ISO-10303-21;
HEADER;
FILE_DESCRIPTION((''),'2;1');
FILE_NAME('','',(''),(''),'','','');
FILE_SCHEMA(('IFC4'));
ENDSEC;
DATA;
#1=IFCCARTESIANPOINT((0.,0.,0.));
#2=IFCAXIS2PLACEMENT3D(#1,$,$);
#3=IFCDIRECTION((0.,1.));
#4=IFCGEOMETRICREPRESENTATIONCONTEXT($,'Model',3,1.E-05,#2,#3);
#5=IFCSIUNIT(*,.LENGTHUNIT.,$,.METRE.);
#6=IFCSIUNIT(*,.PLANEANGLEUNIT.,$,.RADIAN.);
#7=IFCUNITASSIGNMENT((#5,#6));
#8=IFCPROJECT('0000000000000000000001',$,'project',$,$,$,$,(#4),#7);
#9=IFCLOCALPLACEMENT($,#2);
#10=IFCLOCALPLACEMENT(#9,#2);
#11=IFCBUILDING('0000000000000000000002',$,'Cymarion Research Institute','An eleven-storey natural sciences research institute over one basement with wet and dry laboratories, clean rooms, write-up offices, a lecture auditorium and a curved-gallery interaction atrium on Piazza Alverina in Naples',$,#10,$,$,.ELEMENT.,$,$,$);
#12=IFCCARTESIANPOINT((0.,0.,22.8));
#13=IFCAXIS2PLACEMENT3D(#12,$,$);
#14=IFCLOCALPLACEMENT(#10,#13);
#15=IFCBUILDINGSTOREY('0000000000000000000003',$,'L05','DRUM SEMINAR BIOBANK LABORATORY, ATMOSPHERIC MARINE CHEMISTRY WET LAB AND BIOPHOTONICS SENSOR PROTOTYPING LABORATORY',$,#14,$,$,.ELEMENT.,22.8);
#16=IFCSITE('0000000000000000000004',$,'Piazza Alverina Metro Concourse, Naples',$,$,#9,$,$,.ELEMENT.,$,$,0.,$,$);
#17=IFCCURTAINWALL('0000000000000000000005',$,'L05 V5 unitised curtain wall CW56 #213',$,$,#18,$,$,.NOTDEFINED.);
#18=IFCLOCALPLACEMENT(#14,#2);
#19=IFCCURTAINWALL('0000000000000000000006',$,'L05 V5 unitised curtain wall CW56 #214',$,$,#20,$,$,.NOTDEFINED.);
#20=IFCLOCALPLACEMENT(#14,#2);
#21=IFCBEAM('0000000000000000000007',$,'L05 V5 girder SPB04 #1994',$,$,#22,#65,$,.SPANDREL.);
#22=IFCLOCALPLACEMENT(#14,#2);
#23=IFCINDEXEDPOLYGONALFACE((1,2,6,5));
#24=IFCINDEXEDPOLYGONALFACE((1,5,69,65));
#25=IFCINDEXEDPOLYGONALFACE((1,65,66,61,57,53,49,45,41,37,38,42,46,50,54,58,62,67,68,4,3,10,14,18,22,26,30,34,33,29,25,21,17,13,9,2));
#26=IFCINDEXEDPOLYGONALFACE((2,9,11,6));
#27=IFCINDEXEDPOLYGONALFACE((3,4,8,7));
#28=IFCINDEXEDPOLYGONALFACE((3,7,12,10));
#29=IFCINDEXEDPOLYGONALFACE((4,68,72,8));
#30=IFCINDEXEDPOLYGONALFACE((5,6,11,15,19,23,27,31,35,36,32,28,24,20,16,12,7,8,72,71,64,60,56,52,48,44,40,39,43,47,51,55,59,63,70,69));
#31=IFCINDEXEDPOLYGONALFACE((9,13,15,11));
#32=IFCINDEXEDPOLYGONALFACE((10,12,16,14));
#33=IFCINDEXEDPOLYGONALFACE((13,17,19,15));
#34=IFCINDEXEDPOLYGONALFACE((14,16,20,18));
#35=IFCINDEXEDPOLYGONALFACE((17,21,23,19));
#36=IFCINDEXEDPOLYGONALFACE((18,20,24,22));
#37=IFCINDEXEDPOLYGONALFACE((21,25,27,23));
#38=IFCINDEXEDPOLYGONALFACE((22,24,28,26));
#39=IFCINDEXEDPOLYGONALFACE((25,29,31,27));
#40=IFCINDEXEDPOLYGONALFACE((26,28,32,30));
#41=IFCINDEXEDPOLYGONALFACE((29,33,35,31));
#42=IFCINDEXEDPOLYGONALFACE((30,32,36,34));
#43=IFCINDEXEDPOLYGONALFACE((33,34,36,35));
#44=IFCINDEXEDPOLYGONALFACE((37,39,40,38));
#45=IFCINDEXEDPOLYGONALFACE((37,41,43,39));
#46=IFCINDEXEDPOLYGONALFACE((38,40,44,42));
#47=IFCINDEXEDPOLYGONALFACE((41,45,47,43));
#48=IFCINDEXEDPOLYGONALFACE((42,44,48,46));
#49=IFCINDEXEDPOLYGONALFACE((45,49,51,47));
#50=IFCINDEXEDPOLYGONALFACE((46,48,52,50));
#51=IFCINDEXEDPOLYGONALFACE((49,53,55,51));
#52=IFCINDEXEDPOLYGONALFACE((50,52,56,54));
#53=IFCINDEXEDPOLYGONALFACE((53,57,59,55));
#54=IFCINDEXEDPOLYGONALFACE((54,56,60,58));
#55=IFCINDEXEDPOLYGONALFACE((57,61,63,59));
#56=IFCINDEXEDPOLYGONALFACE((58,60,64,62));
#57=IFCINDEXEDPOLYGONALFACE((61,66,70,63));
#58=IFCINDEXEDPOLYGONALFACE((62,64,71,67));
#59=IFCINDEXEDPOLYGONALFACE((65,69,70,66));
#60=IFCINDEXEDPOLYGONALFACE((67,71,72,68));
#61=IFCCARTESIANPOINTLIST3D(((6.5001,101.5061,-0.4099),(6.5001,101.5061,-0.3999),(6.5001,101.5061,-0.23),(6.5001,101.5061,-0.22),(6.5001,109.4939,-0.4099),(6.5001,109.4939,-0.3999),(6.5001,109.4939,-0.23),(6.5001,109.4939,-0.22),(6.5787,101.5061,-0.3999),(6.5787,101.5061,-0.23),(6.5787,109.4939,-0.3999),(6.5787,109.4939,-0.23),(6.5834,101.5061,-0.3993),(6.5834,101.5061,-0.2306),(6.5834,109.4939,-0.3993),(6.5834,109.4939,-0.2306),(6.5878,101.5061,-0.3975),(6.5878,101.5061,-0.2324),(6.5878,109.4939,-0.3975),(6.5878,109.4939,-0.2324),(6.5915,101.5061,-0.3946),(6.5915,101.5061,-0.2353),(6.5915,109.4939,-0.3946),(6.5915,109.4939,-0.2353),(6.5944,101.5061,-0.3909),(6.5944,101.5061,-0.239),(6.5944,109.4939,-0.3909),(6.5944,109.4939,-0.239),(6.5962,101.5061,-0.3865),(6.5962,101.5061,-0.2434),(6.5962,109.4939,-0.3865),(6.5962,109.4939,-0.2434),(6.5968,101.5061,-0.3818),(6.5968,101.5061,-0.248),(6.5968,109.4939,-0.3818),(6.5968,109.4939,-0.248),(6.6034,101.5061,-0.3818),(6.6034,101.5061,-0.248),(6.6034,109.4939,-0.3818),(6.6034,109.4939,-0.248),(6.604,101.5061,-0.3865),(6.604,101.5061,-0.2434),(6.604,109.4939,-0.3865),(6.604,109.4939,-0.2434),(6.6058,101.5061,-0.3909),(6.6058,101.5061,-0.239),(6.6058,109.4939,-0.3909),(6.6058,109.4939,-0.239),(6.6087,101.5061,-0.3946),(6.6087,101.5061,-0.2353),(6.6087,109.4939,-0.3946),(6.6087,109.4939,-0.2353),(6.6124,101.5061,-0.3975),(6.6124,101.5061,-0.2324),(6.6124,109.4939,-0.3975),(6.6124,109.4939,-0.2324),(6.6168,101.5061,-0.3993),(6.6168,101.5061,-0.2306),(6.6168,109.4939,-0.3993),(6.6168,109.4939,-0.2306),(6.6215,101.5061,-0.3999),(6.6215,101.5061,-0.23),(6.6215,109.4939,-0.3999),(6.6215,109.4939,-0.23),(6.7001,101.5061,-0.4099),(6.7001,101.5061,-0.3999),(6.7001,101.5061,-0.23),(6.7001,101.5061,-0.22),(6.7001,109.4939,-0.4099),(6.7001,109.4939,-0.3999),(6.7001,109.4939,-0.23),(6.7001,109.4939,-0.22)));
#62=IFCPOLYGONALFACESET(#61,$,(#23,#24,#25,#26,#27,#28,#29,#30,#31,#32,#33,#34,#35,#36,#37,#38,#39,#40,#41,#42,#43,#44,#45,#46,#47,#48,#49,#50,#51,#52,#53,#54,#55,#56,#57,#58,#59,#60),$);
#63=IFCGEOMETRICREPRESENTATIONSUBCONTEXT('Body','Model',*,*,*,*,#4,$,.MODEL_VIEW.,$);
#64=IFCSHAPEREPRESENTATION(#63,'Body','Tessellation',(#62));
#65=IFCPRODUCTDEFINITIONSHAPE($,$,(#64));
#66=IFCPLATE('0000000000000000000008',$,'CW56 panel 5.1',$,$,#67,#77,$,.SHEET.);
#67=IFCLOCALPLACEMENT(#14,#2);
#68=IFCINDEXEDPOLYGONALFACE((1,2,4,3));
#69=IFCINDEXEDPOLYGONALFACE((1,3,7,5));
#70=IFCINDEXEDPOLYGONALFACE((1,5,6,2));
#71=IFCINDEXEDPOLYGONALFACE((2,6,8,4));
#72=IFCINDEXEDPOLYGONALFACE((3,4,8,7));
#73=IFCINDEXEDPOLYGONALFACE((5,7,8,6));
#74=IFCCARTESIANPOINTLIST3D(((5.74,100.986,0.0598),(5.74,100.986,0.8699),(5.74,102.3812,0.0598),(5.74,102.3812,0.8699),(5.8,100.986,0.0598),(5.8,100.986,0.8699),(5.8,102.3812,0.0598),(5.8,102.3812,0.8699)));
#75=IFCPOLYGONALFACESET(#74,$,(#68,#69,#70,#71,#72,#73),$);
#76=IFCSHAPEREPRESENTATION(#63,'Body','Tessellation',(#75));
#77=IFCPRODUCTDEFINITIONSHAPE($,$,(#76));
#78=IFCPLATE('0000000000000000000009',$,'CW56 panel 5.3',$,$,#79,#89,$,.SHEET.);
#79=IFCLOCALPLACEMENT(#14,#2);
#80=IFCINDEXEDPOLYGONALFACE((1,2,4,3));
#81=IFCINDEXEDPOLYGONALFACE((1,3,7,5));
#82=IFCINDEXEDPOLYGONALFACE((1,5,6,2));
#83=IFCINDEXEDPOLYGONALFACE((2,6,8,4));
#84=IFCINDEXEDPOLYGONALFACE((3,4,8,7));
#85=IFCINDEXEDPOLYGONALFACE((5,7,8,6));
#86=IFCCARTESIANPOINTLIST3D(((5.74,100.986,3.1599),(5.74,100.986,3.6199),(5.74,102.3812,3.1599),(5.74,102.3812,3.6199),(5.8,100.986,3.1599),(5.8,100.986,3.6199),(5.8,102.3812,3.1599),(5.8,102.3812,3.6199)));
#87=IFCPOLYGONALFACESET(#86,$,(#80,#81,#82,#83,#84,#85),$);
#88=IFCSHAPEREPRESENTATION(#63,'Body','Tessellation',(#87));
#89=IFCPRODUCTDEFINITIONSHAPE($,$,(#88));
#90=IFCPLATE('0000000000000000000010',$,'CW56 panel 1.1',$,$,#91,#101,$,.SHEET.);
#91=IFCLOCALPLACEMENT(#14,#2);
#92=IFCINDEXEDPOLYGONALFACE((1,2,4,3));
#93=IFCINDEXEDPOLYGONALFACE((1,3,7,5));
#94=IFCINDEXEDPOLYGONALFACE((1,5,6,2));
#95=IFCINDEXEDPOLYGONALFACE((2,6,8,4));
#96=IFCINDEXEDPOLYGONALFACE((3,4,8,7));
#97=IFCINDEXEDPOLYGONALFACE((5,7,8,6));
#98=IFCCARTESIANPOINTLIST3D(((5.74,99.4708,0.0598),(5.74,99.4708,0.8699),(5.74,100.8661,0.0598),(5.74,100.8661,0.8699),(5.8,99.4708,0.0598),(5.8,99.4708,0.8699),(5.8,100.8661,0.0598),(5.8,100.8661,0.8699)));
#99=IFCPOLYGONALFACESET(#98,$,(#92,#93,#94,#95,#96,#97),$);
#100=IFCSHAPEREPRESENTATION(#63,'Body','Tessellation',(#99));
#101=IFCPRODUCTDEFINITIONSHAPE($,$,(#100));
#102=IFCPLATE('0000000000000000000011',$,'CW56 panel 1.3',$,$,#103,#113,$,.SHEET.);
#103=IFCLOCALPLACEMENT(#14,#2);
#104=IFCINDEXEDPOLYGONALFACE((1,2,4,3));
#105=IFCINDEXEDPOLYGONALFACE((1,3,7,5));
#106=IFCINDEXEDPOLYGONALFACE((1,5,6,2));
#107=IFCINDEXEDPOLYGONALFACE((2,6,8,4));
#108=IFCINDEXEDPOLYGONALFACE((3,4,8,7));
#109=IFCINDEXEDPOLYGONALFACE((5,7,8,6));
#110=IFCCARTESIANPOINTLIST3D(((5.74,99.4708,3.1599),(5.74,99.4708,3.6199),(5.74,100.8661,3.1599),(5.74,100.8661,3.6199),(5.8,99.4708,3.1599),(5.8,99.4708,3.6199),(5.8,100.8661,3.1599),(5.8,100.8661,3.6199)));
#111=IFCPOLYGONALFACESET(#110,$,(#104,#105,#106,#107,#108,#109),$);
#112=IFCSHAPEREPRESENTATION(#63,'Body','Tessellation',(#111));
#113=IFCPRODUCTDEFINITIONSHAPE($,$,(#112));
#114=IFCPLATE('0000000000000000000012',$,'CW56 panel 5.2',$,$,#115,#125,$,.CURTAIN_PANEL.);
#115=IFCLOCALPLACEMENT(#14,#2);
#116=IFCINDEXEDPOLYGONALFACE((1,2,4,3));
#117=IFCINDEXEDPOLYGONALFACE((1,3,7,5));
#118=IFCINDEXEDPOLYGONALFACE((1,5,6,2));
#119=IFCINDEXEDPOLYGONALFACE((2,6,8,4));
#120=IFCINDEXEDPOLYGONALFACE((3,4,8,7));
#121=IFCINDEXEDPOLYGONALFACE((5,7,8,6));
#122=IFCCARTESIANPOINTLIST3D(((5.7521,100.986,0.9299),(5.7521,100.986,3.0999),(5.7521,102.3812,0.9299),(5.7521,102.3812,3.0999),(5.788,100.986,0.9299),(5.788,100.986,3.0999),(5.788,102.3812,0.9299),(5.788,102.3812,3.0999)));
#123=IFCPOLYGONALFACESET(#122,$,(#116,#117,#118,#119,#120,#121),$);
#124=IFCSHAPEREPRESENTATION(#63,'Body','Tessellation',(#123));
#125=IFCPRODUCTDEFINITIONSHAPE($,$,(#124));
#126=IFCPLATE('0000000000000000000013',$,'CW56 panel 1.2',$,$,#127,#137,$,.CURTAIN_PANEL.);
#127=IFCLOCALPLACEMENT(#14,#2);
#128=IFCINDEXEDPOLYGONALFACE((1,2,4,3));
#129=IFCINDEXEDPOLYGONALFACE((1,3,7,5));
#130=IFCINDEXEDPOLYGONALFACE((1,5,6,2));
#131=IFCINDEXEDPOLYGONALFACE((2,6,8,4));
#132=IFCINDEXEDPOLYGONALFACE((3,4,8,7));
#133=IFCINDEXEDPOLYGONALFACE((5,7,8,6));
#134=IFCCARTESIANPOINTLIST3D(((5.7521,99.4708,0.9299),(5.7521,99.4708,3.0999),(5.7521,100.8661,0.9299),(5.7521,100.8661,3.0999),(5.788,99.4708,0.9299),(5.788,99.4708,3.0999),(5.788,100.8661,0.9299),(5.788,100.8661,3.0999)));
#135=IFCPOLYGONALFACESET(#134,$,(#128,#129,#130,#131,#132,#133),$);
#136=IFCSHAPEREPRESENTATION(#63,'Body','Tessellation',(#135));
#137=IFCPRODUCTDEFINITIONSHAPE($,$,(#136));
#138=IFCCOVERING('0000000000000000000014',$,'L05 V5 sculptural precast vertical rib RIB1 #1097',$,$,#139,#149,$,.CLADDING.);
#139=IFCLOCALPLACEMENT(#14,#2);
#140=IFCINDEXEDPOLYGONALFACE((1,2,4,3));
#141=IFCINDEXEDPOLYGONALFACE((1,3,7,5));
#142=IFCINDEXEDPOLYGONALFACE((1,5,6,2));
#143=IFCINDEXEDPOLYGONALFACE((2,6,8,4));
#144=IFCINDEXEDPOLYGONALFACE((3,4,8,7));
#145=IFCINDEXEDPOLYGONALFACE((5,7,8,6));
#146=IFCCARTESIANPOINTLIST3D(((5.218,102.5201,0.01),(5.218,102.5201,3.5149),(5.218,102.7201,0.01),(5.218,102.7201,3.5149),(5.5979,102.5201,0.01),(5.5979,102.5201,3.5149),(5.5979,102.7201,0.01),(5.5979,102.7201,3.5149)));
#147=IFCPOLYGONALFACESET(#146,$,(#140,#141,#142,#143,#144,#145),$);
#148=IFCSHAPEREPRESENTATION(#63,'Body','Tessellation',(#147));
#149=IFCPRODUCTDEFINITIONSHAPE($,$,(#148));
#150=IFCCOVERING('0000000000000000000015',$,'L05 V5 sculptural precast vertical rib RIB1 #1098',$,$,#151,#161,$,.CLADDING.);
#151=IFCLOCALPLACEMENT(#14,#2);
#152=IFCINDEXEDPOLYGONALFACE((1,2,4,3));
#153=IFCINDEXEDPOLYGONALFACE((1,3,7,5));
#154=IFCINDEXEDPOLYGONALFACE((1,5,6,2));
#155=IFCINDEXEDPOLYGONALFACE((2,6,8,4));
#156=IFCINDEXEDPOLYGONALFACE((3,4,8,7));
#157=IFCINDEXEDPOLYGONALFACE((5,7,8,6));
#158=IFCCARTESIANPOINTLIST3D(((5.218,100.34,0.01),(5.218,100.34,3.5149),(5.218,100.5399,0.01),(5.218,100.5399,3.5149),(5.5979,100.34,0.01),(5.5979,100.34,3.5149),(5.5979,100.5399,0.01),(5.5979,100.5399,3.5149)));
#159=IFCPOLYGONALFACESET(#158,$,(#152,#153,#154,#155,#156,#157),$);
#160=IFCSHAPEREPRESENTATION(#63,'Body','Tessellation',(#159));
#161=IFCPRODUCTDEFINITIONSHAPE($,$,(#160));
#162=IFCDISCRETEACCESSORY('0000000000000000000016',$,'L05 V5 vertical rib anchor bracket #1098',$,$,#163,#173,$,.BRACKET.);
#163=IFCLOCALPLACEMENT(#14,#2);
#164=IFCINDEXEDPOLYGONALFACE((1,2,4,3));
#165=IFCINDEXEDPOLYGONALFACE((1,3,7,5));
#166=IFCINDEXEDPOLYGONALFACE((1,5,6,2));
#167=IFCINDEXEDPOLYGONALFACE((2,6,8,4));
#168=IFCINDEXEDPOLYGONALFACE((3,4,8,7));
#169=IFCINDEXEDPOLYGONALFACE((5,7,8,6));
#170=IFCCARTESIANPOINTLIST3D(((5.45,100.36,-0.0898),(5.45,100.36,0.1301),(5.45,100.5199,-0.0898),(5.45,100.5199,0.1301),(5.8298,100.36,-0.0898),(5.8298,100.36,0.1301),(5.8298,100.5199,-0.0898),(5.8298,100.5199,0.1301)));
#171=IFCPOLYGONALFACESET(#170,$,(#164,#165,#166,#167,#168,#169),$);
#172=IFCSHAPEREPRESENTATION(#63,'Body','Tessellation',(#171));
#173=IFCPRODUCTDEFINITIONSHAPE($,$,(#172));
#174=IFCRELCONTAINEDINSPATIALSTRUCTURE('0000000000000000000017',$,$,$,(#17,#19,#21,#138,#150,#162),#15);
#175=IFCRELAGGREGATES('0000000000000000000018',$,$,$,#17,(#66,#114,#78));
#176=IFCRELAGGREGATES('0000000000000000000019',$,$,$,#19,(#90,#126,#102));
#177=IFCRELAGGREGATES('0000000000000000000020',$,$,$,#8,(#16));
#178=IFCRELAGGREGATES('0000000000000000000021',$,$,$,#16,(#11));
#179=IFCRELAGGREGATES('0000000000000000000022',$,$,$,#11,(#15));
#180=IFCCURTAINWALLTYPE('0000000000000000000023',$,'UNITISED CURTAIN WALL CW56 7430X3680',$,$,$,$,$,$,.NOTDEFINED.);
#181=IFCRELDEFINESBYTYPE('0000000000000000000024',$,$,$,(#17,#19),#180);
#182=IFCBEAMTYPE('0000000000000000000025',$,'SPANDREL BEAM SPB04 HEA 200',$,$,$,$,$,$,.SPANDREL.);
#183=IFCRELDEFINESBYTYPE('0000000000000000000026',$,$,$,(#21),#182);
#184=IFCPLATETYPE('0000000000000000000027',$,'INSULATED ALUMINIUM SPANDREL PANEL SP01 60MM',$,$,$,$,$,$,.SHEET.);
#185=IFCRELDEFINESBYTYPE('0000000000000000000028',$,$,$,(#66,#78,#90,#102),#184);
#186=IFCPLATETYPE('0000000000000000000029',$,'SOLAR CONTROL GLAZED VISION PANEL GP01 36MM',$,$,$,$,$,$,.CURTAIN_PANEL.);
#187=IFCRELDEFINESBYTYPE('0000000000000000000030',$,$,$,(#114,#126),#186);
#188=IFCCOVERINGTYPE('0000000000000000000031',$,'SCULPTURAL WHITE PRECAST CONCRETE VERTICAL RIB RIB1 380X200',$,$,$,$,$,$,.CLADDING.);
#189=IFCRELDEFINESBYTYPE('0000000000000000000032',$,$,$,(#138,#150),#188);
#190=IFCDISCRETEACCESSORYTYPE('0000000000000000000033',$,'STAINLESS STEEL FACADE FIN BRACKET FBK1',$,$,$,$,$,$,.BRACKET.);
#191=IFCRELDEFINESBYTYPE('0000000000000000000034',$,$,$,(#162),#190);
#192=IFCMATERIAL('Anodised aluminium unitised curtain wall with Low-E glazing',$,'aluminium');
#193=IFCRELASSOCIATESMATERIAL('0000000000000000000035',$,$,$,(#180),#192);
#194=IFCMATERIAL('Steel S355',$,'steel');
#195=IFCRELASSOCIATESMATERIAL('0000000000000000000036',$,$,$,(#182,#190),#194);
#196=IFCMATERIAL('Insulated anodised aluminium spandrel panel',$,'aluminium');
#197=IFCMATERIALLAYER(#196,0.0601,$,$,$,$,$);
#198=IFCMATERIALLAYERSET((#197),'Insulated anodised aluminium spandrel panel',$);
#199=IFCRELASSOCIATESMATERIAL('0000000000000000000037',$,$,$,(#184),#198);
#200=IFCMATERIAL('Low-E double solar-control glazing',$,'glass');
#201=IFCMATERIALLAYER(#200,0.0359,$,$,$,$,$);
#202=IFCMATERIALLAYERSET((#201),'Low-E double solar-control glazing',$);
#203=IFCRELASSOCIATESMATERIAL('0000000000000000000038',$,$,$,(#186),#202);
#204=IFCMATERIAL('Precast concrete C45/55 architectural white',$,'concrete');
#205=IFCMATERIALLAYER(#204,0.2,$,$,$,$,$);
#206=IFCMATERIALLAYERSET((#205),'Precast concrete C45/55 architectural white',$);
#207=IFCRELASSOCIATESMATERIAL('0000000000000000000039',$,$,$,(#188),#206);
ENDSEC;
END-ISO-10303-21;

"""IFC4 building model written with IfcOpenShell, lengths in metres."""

from ifc_helpers import new_model, si_unit, direction, frame, origin, origin_2d, place, context, subcontext, project, spatial, rectangle, i_section, extrude, material, layer, layer_set, material_profile, profile_set, type_object, element, aggregate, save


model = new_model("IFC4")

# Units and contexts
model_context = context("Model", 3, precision=1e-05, world=origin(), true_north=direction((0.0, 1.0)))
body_context = subcontext(model_context, "Body", "Model", "MODEL_VIEW")
ifc_project = project(units=[si_unit("LENGTHUNIT", "METRE"), si_unit("PLANEANGLEUNIT", "RADIAN")], contexts=[model_context])

# Site, building, storey
site_placement = place(None, origin())
site = spatial("IfcSite", under=ifc_project, at=site_placement, Name="Piazza Alverina Metro Concourse, Naples", CompositionType="ELEMENT", RefElevation=0.0)
building_placement = place(site_placement, origin())
building = spatial("IfcBuilding", under=site, at=building_placement, Name="Cymarion Research Institute", Description="An eleven-storey natural sciences research institute over one basement with wet and dry laboratories, clean rooms, write-up offices, a lecture auditorium and a curved-gallery interaction atrium on Piazza Alverina in Naples", CompositionType="ELEMENT")
storey_placement = place(building_placement, frame((0.0, 0.0, 22.8)))
storey = spatial("IfcBuildingStorey", under=building, at=storey_placement, Name="L05", Description="DRUM SEMINAR BIOBANK LABORATORY, ATMOSPHERIC MARINE CHEMISTRY WET LAB AND BIOPHOTONICS SENSOR PROTOTYPING LABORATORY", CompositionType="ELEMENT", Elevation=22.8)

# Shared definitions
ifc_material_1 = material(Name="Steel S355", Category="steel")

# Curtain wall
ifc_material_2 = material(Name="Anodised aluminium unitised curtain wall with Low-E glazing", Category="aluminium")
curtain_wall_type = type_object("IfcCurtainWallType", Name="UNITISED CURTAIN WALL CW56 7430X3680", PredefinedType="NOTDEFINED", material=ifc_material_2)
curtain_wall_1_placement = place(storey_placement, origin())
curtain_wall_1 = element("IfcCurtainWall", 1, at=curtain_wall_1_placement, inside=storey, type_object=curtain_wall_type, Name="L05 V5 unitised curtain wall CW56 #213", PredefinedType="NOTDEFINED")

# Curtain wall
curtain_wall_2_placement = place(storey_placement, origin())
curtain_wall_2 = element("IfcCurtainWall", 2, at=curtain_wall_2_placement, inside=storey, type_object=curtain_wall_type, Name="L05 V5 unitised curtain wall CW56 #214", PredefinedType="NOTDEFINED")

# Beam
ifc_material_profile_1 = material_profile(ifc_material_1, i_section(OverallWidth=0.2, OverallDepth=0.1899, WebThickness=0.0066, FlangeThickness=0.01, FilletRadius=0.0181, at=origin_2d()), Name="HEA 200")
ifc_profile_set_1 = profile_set([ifc_material_profile_1], Name="Steel S355")
beam_type = type_object("IfcBeamType", Name="SPANDREL BEAM SPB04 HEA 200", PredefinedType="SPANDREL", material=ifc_profile_set_1)
beam_placement = place(storey_placement, frame((6.6001, 101.5061, -0.3149), z_axis=(0.0, 1.0, 0.0), x_axis=(-1.0, 0.0, 0.0)))
element("IfcBeam", 3, at=beam_placement, inside=storey, type_object=beam_type, Name="L05 V5 girder SPB04 #1994", PredefinedType="SPANDREL", context=body_context, shape_type="SweptSolid", body=[
    extrude(i_section(OverallWidth=0.2, OverallDepth=0.1899, WebThickness=0.0066, FlangeThickness=0.01, FilletRadius=0.0181, at=origin_2d()), origin(), (0.0, 0.0, 1.0), 7.9878),
])

# Plates
ifc_material_3 = material(Name="Insulated anodised aluminium spandrel panel", Category="aluminium")
ifc_layer_1 = layer(ifc_material_3, 0.0601)
ifc_layer_set_1 = layer_set([ifc_layer_1], Name="Insulated anodised aluminium spandrel panel")
plate_type_1 = type_object("IfcPlateType", Name="INSULATED ALUMINIUM SPANDREL PANEL SP01 60MM", PredefinedType="SHEET", material=ifc_layer_set_1)
plate_1_placement = place(storey_placement, frame((5.77, 101.6836, 0.0598), z_axis=(0.0, 0.0, 1.0), x_axis=(0.0, -1.0, 0.0)))
plate_1 = element("IfcPlate", 4, at=plate_1_placement, type_object=plate_type_1, Name="CW56 panel 5.1", PredefinedType="SHEET", context=body_context, shape_type="SweptSolid", body=[
    extrude(rectangle(XDim=1.3953, YDim=0.0601, at=origin_2d()), origin(), (0.0, 0.0, 1.0), 0.8101),
])
plate_2_placement = place(storey_placement, frame((5.77, 101.6836, 3.1599), z_axis=(0.0, 0.0, 1.0), x_axis=(0.0, -1.0, 0.0)))
plate_2 = element("IfcPlate", 5, at=plate_2_placement, type_object=plate_type_1, Name="CW56 panel 5.3", PredefinedType="SHEET", context=body_context, shape_type="SweptSolid", body=[
    extrude(rectangle(XDim=1.3953, YDim=0.0601, at=origin_2d()), origin(), (0.0, 0.0, 1.0), 0.46),
])
plate_3_placement = place(storey_placement, frame((5.77, 100.1685, 0.0598), z_axis=(0.0, 0.0, 1.0), x_axis=(0.0, -1.0, 0.0)))
plate_3 = element("IfcPlate", 6, at=plate_3_placement, type_object=plate_type_1, Name="CW56 panel 1.1", PredefinedType="SHEET", context=body_context, shape_type="SweptSolid", body=[
    extrude(rectangle(XDim=1.3953, YDim=0.0601, at=origin_2d()), origin(), (0.0, 0.0, 1.0), 0.8101),
])
plate_4_placement = place(storey_placement, frame((5.77, 100.1685, 3.1599), z_axis=(0.0, 0.0, 1.0), x_axis=(0.0, -1.0, 0.0)))
plate_4 = element("IfcPlate", 7, at=plate_4_placement, type_object=plate_type_1, Name="CW56 panel 1.3", PredefinedType="SHEET", context=body_context, shape_type="SweptSolid", body=[
    extrude(rectangle(XDim=1.3953, YDim=0.0601, at=origin_2d()), origin(), (0.0, 0.0, 1.0), 0.46),
])
ifc_material_4 = material(Name="Low-E double solar-control glazing", Category="glass")
ifc_layer_2 = layer(ifc_material_4, 0.0359)
ifc_layer_set_2 = layer_set([ifc_layer_2], Name="Low-E double solar-control glazing")
plate_type_2 = type_object("IfcPlateType", Name="SOLAR CONTROL GLAZED VISION PANEL GP01 36MM", PredefinedType="CURTAIN_PANEL", material=ifc_layer_set_2)
plate_5_placement = place(storey_placement, frame((5.77, 101.6836, 0.9299), z_axis=(0.0, 0.0, 1.0), x_axis=(0.0, -1.0, 0.0)))
plate_5 = element("IfcPlate", 8, at=plate_5_placement, type_object=plate_type_2, Name="CW56 panel 5.2", PredefinedType="CURTAIN_PANEL", context=body_context, shape_type="SweptSolid", body=[
    extrude(rectangle(XDim=1.3953, YDim=0.0359, at=origin_2d()), origin(), (0.0, 0.0, 1.0), 2.1699),
])
aggregate(curtain_wall_1, [plate_1, plate_5, plate_2])
plate_6_placement = place(storey_placement, frame((5.77, 100.1685, 0.9299), z_axis=(0.0, 0.0, 1.0), x_axis=(0.0, -1.0, 0.0)))
plate_6 = element("IfcPlate", 9, at=plate_6_placement, type_object=plate_type_2, Name="CW56 panel 1.2", PredefinedType="CURTAIN_PANEL", context=body_context, shape_type="SweptSolid", body=[
    extrude(rectangle(XDim=1.3953, YDim=0.0359, at=origin_2d()), origin(), (0.0, 0.0, 1.0), 2.1699),
])
aggregate(curtain_wall_2, [plate_3, plate_6, plate_4])

# Coverings
ifc_material_5 = material(Name="Precast concrete C45/55 architectural white", Category="concrete")
ifc_layer_3 = layer(ifc_material_5, 0.2)
ifc_layer_set_3 = layer_set([ifc_layer_3], Name="Precast concrete C45/55 architectural white")
covering_type = type_object("IfcCoveringType", Name="SCULPTURAL WHITE PRECAST CONCRETE VERTICAL RIB RIB1 380X200", PredefinedType="CLADDING", material=ifc_layer_set_3)
for number, where, z_axis, x_axis, name in (
    (10, (5.408, 102.6201, 0.01), (0.0, 0.0, 1.0), (-1.0, 0.0, 0.0), "L05 V5 sculptural precast vertical rib RIB1 #1097"),
    (11, (5.408, 100.4399, 0.01), (0.0, 0.0, 1.0), (-1.0, 0.0, 0.0), "L05 V5 sculptural precast vertical rib RIB1 #1098"),
):
    element("IfcCovering", number, at=place(storey_placement, frame(where, z_axis=z_axis, x_axis=x_axis)), inside=storey, type_object=covering_type, Name=name, PredefinedType="CLADDING", context=body_context, shape_type="SweptSolid", body=[
        extrude(rectangle(XDim=0.3799, YDim=0.2, at=origin_2d()), origin(), (0.0, 0.0, 1.0), 3.5049),
    ])

# Discrete accessory
discrete_accessory_type = type_object("IfcDiscreteAccessoryType", Name="STAINLESS STEEL FACADE FIN BRACKET FBK1", PredefinedType="BRACKET", material=ifc_material_1)
discrete_accessory_placement = place(storey_placement, frame((5.6399, 100.4399, -0.0898), z_axis=(0.0, 0.0, 1.0), x_axis=(-1.0, 0.0, 0.0)))
element("IfcDiscreteAccessory", 12, at=discrete_accessory_placement, inside=storey, type_object=discrete_accessory_type, Name="L05 V5 vertical rib anchor bracket #1098", PredefinedType="BRACKET", context=body_context, shape_type="SweptSolid", body=[
    extrude(rectangle(XDim=0.3799, YDim=0.1599, at=origin_2d()), origin(), (0.0, 0.0, 1.0), 0.22),
])

save(model, "model.ifc")
